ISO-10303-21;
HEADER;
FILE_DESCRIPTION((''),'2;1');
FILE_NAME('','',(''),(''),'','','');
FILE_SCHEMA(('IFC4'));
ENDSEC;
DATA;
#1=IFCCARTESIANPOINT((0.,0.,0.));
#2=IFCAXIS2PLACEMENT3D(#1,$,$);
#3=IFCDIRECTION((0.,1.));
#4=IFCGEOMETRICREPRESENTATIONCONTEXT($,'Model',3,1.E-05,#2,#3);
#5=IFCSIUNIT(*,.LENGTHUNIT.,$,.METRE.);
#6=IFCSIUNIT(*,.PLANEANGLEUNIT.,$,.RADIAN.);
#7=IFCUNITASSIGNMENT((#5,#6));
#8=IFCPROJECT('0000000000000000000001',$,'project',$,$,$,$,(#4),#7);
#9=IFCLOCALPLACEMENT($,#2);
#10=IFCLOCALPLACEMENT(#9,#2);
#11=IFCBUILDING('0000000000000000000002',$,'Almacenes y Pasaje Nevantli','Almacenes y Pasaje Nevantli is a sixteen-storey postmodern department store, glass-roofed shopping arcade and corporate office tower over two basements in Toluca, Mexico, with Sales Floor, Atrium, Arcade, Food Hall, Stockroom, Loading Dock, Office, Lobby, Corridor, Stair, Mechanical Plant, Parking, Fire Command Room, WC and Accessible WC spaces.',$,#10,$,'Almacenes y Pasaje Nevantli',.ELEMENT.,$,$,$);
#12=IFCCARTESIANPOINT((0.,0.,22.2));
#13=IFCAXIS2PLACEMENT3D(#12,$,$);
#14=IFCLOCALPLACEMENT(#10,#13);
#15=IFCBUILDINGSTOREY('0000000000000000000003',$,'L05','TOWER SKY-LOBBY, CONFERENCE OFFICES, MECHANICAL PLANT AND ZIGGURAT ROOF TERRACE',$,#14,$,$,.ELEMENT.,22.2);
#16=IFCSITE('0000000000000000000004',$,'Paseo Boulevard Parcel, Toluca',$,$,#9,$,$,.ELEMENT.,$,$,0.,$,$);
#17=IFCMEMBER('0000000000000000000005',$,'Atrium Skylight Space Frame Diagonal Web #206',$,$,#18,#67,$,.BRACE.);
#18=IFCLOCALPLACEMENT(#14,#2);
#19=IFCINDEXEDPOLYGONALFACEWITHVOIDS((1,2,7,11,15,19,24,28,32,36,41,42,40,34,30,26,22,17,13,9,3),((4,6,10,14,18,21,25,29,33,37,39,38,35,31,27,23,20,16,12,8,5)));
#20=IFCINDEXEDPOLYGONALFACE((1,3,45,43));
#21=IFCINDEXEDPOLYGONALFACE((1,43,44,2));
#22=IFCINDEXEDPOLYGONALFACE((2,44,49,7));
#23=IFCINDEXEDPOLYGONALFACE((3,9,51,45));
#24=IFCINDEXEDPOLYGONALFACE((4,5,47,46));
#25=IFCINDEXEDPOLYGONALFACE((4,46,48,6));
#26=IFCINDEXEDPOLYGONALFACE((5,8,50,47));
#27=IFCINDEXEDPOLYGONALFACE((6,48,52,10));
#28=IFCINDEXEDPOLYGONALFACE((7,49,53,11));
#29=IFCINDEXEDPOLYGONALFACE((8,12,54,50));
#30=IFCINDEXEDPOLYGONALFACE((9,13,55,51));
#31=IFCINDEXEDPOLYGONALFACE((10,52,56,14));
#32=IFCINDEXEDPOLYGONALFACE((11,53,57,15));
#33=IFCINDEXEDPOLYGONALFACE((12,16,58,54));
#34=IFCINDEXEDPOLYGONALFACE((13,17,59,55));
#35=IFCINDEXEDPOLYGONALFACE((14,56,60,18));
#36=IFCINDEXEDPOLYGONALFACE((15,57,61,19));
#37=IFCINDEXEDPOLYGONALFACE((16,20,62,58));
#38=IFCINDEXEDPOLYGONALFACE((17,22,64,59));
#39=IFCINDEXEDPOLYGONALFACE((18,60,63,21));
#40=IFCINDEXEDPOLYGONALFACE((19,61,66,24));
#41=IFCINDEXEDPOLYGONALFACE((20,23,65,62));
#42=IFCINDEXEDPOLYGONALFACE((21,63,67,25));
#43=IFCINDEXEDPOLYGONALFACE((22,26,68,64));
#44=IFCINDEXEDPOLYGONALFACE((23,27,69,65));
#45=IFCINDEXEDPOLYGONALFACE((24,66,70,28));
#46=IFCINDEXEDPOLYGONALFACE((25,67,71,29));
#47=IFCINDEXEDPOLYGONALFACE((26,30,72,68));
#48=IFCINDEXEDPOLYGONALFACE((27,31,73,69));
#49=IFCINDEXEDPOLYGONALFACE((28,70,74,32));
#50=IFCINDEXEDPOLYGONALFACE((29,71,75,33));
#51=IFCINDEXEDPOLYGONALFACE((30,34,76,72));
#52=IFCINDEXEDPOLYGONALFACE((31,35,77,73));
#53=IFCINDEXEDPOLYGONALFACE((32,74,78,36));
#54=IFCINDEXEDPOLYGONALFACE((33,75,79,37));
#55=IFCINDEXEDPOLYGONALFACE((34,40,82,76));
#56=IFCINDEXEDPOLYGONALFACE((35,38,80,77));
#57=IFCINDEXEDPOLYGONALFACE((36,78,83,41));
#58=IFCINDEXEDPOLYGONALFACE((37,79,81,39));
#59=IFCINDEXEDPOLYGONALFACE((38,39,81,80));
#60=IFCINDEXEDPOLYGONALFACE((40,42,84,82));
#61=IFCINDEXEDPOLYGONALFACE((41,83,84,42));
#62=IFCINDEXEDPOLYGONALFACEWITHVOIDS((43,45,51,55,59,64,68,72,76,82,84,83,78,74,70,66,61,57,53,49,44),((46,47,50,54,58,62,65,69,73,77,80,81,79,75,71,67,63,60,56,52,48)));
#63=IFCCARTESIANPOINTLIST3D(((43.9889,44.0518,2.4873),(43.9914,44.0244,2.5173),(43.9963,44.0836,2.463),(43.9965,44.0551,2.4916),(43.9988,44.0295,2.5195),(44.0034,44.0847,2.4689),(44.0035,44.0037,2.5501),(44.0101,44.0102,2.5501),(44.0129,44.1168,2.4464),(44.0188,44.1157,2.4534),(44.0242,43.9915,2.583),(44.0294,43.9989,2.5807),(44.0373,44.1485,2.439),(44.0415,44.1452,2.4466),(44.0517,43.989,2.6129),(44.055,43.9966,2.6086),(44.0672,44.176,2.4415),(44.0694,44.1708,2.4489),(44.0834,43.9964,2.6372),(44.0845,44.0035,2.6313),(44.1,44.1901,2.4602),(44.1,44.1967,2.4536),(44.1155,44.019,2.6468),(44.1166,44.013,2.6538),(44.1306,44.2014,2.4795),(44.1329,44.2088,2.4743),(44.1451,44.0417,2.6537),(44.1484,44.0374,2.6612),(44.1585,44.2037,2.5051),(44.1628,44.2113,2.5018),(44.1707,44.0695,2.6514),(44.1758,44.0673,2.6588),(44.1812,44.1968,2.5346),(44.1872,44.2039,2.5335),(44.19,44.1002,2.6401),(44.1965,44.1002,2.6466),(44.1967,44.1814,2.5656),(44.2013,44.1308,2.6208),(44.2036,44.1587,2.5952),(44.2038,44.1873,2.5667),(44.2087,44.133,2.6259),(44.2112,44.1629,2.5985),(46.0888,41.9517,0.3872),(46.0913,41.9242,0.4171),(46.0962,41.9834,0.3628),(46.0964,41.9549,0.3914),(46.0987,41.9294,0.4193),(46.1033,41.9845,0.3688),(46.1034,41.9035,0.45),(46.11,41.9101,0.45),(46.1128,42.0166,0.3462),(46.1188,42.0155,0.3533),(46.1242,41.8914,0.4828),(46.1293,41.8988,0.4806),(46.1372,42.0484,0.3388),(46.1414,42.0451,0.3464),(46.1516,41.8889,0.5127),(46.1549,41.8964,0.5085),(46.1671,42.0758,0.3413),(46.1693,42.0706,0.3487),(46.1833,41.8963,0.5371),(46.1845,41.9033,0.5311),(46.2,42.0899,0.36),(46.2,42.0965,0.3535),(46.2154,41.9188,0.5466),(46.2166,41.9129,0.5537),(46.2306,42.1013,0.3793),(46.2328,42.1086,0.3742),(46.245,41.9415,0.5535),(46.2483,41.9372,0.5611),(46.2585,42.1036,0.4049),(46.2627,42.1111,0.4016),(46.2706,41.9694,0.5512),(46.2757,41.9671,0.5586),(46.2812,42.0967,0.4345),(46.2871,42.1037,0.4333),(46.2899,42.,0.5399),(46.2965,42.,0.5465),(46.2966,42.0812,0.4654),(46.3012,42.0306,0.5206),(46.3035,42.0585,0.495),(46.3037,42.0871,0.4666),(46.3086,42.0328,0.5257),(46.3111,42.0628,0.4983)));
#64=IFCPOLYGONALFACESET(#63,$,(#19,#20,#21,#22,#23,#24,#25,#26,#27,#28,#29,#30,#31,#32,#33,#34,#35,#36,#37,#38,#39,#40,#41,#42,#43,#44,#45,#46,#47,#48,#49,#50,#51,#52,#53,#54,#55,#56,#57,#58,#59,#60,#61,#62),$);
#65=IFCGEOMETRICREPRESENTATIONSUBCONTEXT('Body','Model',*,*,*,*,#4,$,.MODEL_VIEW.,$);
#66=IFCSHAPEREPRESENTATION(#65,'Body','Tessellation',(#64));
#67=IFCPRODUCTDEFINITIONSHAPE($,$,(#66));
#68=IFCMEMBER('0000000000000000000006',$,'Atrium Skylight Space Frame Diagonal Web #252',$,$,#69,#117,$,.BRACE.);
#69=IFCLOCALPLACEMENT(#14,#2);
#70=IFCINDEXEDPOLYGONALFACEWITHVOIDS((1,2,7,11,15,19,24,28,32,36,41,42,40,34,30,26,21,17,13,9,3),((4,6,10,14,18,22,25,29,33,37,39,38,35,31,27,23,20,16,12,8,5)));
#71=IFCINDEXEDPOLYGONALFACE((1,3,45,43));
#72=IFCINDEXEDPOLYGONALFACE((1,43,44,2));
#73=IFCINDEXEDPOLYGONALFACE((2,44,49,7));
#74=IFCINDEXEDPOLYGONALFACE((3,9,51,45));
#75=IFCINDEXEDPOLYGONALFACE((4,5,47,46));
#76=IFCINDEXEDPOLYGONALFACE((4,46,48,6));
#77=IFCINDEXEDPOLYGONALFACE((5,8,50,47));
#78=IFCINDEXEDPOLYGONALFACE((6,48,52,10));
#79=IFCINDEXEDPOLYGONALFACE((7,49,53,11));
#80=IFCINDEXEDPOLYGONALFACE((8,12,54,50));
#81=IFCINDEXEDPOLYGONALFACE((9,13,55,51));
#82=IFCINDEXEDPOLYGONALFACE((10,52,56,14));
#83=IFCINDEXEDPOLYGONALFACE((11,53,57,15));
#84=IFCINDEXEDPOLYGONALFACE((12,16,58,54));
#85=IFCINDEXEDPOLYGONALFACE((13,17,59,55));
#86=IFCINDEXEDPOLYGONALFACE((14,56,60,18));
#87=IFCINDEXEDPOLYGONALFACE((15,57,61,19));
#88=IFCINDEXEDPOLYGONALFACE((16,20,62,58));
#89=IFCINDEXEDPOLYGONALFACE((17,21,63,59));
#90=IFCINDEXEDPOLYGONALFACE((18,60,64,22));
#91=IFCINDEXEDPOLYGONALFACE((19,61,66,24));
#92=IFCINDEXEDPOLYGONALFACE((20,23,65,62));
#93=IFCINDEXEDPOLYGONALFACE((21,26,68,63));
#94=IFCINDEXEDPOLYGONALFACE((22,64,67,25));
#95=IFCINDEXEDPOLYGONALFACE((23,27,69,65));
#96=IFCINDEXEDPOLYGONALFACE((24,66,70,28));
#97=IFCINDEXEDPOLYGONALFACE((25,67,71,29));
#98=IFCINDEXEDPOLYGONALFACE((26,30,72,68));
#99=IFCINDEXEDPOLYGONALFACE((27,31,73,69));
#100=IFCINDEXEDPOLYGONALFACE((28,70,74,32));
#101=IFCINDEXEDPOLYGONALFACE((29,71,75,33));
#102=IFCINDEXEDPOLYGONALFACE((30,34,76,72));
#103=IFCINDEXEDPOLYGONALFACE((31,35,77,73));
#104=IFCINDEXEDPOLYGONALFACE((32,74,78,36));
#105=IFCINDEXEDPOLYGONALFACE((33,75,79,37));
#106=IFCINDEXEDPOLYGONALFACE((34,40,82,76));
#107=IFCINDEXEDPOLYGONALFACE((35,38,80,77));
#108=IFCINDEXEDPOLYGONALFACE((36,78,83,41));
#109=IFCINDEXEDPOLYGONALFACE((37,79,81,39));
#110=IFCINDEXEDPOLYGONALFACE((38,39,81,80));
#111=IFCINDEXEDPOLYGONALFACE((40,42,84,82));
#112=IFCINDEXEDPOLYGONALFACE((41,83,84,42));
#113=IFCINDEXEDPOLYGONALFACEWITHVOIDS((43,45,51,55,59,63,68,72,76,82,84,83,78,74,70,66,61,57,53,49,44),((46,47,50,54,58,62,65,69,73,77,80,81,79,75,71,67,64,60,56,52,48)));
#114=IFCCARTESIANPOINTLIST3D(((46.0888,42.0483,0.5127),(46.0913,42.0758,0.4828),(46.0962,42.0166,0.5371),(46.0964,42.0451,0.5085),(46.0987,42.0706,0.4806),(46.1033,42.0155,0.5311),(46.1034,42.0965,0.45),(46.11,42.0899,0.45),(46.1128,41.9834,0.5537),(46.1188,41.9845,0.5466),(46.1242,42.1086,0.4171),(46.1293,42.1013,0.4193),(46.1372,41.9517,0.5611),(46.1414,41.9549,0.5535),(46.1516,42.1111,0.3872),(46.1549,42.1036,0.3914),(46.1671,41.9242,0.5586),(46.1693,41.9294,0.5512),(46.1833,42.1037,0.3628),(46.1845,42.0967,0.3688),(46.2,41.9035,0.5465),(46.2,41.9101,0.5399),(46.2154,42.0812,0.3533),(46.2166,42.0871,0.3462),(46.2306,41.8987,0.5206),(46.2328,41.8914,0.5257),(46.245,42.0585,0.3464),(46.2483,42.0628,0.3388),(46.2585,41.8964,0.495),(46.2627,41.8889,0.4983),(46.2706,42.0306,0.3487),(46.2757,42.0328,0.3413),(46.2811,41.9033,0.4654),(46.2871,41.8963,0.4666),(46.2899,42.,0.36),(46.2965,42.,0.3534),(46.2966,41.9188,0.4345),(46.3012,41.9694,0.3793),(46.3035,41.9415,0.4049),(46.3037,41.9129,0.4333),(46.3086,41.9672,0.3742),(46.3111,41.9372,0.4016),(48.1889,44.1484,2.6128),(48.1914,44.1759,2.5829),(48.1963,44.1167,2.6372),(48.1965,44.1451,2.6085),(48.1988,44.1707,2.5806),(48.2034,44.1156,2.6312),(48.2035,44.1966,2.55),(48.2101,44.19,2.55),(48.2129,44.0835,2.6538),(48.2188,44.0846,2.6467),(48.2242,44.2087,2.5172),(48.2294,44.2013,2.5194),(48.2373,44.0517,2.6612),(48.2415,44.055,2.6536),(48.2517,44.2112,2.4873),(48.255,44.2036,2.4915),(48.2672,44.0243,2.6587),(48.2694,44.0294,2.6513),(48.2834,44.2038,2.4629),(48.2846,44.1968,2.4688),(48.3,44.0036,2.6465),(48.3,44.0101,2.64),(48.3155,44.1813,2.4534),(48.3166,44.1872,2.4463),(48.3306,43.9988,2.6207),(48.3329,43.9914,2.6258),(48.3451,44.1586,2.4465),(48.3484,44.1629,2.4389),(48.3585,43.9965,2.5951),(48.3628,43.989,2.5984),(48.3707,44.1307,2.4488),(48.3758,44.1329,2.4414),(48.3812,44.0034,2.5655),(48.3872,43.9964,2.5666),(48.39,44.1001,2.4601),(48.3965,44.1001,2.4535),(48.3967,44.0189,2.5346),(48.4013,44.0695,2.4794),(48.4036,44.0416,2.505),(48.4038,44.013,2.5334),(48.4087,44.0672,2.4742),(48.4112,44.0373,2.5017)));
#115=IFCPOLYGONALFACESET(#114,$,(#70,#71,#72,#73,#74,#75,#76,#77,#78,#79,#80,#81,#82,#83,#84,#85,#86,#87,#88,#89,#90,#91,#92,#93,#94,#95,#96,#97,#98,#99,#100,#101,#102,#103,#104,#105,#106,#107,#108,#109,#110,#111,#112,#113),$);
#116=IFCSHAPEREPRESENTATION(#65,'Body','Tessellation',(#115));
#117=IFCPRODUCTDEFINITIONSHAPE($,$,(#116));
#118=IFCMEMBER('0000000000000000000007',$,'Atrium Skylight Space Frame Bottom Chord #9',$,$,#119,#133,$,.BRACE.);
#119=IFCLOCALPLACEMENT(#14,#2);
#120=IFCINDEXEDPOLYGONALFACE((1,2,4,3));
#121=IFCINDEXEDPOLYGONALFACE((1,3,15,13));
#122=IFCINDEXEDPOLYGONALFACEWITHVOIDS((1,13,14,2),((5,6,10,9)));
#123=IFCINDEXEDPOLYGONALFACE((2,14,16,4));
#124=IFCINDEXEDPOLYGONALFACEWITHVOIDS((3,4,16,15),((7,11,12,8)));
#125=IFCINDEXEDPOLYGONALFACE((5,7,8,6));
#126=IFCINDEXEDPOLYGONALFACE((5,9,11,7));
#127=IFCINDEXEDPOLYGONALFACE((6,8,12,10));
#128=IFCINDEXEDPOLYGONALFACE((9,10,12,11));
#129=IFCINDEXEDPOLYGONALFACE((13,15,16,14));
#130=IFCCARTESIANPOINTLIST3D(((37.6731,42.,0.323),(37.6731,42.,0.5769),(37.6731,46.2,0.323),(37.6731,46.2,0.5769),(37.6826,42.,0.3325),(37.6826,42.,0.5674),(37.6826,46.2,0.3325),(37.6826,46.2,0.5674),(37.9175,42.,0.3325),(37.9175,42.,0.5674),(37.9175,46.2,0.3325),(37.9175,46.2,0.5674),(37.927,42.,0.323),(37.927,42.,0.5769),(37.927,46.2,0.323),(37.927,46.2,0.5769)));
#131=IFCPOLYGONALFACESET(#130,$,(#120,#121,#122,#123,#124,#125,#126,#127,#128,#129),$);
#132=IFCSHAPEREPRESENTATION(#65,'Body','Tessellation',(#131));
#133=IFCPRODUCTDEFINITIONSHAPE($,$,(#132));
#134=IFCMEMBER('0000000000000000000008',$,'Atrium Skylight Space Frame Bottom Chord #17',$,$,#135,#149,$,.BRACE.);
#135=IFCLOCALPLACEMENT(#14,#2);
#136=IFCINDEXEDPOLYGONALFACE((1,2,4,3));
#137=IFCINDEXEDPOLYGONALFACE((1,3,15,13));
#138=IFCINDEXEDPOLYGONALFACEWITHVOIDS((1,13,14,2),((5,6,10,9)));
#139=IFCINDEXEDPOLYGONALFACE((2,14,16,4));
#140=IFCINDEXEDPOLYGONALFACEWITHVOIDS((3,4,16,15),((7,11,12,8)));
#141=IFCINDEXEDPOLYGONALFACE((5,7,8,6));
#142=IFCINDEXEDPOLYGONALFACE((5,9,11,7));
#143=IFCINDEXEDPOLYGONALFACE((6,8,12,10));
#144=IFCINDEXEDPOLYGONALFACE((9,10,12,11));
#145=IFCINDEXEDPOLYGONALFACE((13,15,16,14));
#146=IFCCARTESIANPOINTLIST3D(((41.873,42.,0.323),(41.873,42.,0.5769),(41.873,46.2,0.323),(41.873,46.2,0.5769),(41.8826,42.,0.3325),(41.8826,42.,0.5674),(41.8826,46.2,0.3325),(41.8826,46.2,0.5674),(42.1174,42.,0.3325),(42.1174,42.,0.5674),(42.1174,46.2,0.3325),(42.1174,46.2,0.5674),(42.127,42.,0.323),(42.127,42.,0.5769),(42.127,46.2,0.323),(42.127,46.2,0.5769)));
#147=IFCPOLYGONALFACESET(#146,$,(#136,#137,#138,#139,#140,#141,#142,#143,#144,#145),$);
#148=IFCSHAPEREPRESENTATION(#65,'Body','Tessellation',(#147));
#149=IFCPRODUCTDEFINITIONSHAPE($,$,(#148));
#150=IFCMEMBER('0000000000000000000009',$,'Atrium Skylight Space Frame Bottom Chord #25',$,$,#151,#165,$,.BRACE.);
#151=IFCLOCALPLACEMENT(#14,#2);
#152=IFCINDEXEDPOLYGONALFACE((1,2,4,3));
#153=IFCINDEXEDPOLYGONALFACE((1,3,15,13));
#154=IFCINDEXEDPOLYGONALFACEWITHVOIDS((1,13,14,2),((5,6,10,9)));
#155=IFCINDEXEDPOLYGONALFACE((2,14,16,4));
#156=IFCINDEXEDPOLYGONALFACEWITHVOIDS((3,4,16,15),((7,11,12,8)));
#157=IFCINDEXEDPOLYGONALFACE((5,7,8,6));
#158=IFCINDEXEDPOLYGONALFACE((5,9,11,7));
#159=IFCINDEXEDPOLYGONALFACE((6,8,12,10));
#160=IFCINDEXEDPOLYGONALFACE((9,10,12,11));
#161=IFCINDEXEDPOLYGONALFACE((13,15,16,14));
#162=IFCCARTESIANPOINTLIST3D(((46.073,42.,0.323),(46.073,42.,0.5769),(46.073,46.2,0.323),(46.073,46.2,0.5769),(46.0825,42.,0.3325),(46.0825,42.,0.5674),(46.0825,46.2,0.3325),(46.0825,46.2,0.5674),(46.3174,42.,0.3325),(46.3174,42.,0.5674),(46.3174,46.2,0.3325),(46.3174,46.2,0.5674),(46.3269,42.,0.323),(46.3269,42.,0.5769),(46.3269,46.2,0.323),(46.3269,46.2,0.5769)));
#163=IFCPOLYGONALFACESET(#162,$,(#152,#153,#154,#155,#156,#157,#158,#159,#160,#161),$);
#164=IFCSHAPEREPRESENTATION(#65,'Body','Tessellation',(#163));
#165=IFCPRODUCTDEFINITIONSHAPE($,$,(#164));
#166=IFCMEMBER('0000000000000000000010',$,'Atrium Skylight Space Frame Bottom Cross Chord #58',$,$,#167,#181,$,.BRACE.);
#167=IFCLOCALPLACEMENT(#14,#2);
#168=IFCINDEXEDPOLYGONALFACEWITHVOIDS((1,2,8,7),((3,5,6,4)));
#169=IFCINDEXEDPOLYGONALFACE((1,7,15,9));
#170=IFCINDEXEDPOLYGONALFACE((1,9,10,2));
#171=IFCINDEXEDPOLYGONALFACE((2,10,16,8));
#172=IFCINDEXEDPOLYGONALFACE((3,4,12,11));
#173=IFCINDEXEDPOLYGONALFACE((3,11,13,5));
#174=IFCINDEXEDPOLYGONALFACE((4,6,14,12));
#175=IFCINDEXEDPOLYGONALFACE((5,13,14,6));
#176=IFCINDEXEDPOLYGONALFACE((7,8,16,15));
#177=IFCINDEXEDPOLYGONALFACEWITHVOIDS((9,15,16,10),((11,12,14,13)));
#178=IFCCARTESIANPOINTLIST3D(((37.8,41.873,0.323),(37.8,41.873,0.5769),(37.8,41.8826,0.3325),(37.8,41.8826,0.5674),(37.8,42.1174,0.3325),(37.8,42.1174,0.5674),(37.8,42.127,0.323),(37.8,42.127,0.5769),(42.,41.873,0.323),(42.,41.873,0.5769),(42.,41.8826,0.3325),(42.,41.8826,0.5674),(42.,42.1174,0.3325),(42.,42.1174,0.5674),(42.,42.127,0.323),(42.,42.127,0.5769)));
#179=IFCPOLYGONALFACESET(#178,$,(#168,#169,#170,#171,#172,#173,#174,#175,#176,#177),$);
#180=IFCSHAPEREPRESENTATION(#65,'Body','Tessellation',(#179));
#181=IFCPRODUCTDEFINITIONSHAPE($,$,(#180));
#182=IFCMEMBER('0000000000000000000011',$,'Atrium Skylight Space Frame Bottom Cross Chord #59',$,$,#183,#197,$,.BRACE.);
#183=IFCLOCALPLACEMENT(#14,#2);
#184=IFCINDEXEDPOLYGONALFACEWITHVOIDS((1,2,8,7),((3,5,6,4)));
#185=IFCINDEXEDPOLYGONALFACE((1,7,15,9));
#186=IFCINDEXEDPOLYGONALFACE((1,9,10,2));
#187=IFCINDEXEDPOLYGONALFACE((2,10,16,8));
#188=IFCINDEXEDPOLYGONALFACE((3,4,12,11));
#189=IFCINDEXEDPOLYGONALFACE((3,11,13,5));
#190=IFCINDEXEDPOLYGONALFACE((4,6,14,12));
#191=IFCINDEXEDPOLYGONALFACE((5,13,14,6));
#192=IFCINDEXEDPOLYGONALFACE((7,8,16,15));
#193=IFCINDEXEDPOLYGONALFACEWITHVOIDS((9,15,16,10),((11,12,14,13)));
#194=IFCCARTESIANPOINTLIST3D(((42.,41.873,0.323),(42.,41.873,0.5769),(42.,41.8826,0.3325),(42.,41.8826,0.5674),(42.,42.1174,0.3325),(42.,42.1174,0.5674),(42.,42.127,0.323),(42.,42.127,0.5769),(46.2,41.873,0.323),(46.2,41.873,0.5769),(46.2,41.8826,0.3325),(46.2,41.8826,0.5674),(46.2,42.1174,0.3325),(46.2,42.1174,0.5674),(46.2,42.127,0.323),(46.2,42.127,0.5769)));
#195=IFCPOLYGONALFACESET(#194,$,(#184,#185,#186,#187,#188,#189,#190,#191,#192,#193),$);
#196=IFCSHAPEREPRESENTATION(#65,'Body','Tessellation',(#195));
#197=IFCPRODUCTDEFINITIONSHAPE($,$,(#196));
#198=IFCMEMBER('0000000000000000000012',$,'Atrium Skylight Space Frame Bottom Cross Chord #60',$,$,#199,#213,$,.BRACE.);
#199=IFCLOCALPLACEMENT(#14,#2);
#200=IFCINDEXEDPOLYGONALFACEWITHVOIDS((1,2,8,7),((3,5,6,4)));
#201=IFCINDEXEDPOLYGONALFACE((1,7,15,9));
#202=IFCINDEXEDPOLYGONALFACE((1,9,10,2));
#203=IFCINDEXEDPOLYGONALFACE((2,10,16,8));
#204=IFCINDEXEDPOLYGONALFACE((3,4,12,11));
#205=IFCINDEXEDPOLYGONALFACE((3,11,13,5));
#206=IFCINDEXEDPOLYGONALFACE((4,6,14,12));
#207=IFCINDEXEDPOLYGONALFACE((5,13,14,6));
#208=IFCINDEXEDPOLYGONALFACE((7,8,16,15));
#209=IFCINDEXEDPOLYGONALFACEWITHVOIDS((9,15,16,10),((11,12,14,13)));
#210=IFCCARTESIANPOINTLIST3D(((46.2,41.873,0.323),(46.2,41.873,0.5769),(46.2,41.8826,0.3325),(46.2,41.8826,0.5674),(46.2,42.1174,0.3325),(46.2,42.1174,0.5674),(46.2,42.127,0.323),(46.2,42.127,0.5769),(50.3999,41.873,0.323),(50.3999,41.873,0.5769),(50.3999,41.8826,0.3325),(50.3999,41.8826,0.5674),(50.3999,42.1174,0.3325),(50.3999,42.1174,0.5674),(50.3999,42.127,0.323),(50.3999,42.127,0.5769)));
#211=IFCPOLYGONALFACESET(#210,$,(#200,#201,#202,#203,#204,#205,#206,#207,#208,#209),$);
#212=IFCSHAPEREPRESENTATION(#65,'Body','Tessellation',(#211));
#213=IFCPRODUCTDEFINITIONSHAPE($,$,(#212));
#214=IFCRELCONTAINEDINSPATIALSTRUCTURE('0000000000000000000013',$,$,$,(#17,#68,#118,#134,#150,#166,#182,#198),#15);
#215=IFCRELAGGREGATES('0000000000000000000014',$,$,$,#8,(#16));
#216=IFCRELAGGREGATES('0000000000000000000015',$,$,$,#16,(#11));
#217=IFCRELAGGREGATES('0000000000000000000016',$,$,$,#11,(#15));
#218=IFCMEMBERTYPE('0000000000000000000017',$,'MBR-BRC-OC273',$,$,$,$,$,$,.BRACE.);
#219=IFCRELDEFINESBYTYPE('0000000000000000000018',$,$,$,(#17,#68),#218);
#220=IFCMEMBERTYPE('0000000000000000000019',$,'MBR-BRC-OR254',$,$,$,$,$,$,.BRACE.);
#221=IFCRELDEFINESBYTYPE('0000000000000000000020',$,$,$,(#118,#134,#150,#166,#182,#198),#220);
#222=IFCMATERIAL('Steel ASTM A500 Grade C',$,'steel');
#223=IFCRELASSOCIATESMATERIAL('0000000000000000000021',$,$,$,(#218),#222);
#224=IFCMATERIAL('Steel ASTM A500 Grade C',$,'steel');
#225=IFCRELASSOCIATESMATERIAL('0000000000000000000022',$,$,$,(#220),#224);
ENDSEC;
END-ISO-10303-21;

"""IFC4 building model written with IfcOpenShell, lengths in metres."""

from ifc_helpers import new_model, si_unit, direction, frame, origin, origin_2d, place, context, subcontext, project, spatial, hollow_rectangle, hollow_circle, extrude, material, material_profile, profile_set, type_object, element, save


model = new_model("IFC4")

# Units and contexts
model_context = context("Model", 3, precision=1e-05, world=origin(), true_north=direction((0.0, 1.0)))
body_context = subcontext(model_context, "Body", "Model", "MODEL_VIEW")
ifc_project = project(units=[si_unit("LENGTHUNIT", "METRE"), si_unit("PLANEANGLEUNIT", "RADIAN")], contexts=[model_context])

# Site, building, storey
site_placement = place(None, origin())
site = spatial("IfcSite", under=ifc_project, at=site_placement, Name="Paseo Boulevard Parcel, Toluca", CompositionType="ELEMENT", RefElevation=0.0)
building_placement = place(site_placement, origin())
building = spatial("IfcBuilding", under=site, at=building_placement, Name="Almacenes y Pasaje Nevantli", Description="Almacenes y Pasaje Nevantli is a sixteen-storey postmodern department store, glass-roofed shopping arcade and corporate office tower over two basements in Toluca, Mexico, with Sales Floor, Atrium, Arcade, Food Hall, Stockroom, Loading Dock, Office, Lobby, Corridor, Stair, Mechanical Plant, Parking, Fire Command Room, WC and Accessible WC spaces.", LongName="Almacenes y Pasaje Nevantli", CompositionType="ELEMENT")
storey_placement = place(building_placement, frame((0.0, 0.0, 22.2)))
storey = spatial("IfcBuildingStorey", under=building, at=storey_placement, Name="L05", Description="TOWER SKY-LOBBY, CONFERENCE OFFICES, MECHANICAL PLANT AND ZIGGURAT ROOF TERRACE", CompositionType="ELEMENT", Elevation=22.2)

# Members
ifc_material_1 = material(Name="Steel ASTM A500 Grade C", Category="steel")
ifc_material_profile_1 = material_profile(ifc_material_1, hollow_circle(Radius=0.1365, WallThickness=0.0093, at=origin_2d()), Name="OC 273x9.3")
ifc_profile_set_1 = profile_set([ifc_material_profile_1], Name="Steel ASTM A500 Grade C")
member_type_1 = type_object("IfcMemberType", Name="MBR-BRC-OC273", PredefinedType="BRACE", material=ifc_profile_set_1)
for number, where, z_axis, x_axis, name in (
    (1, (46.2, 42.0, 0.45), (-0.577306, 0.577373, 0.577373), (-0.707148, -0.707066, 0.0), "Atrium Skylight Space Frame Diagonal Web #206"),
    (2, (46.2, 42.0, 0.45), (0.57735, 0.57735, 0.57735), (-0.707107, 0.707107, 0.0), "Atrium Skylight Space Frame Diagonal Web #252"),
):
    element("IfcMember", number, at=place(storey_placement, frame(where, z_axis=z_axis, x_axis=x_axis)), inside=storey, type_object=member_type_1, Name=name, PredefinedType="BRACE", context=body_context, shape_type="SweptSolid", body=[
        extrude(hollow_circle(Radius=0.1365, WallThickness=0.0093, at=origin_2d()), origin(), (0.0, 0.0, 1.0), 3.6375),
    ])
ifc_material_2 = material(Name="Steel ASTM A500 Grade C", Category="steel")
ifc_material_profile_2 = material_profile(ifc_material_2, hollow_rectangle(XDim=0.2539, YDim=0.2539, WallThickness=0.0095, at=origin_2d()), Name="OR 254x254x9.5")
ifc_profile_set_2 = profile_set([ifc_material_profile_2], Name="Steel ASTM A500 Grade C")
member_type_2 = type_object("IfcMemberType", Name="MBR-BRC-OR254", PredefinedType="BRACE", material=ifc_profile_set_2)
for number, where, z_axis, x_axis, name in (
    (3, (37.8, 42.0, 0.45), (0.0, 1.0, 0.0), (-1.0, 0.0, 0.0), "Atrium Skylight Space Frame Bottom Chord #9"),
    (4, (42.0, 42.0, 0.45), (0.0, 1.0, 0.0), (-1.0, 0.0, 0.0), "Atrium Skylight Space Frame Bottom Chord #17"),
    (5, (46.2, 42.0, 0.45), (0.0, 1.0, 0.0), (-1.0, 0.0, 0.0), "Atrium Skylight Space Frame Bottom Chord #25"),
    (6, (37.8, 42.0, 0.45), (1.0, 0.0, 0.0), (0.0, 1.0, 0.0), "Atrium Skylight Space Frame Bottom Cross Chord #58"),
    (7, (42.0, 42.0, 0.45), (1.0, 0.0, 0.0), (0.0, 1.0, 0.0), "Atrium Skylight Space Frame Bottom Cross Chord #59"),
    (8, (46.2, 42.0, 0.45), (1.0, 0.0, 0.0), (0.0, 1.0, 0.0), "Atrium Skylight Space Frame Bottom Cross Chord #60"),
):
    element("IfcMember", number, at=place(storey_placement, frame(where, z_axis=z_axis, x_axis=x_axis)), inside=storey, type_object=member_type_2, Name=name, PredefinedType="BRACE", context=body_context, shape_type="SweptSolid", body=[
        extrude(hollow_rectangle(XDim=0.2539, YDim=0.2539, WallThickness=0.0095, at=origin_2d()), origin(), (0.0, 0.0, 1.0), 4.2),
    ])

save(model, "model.ifc")
